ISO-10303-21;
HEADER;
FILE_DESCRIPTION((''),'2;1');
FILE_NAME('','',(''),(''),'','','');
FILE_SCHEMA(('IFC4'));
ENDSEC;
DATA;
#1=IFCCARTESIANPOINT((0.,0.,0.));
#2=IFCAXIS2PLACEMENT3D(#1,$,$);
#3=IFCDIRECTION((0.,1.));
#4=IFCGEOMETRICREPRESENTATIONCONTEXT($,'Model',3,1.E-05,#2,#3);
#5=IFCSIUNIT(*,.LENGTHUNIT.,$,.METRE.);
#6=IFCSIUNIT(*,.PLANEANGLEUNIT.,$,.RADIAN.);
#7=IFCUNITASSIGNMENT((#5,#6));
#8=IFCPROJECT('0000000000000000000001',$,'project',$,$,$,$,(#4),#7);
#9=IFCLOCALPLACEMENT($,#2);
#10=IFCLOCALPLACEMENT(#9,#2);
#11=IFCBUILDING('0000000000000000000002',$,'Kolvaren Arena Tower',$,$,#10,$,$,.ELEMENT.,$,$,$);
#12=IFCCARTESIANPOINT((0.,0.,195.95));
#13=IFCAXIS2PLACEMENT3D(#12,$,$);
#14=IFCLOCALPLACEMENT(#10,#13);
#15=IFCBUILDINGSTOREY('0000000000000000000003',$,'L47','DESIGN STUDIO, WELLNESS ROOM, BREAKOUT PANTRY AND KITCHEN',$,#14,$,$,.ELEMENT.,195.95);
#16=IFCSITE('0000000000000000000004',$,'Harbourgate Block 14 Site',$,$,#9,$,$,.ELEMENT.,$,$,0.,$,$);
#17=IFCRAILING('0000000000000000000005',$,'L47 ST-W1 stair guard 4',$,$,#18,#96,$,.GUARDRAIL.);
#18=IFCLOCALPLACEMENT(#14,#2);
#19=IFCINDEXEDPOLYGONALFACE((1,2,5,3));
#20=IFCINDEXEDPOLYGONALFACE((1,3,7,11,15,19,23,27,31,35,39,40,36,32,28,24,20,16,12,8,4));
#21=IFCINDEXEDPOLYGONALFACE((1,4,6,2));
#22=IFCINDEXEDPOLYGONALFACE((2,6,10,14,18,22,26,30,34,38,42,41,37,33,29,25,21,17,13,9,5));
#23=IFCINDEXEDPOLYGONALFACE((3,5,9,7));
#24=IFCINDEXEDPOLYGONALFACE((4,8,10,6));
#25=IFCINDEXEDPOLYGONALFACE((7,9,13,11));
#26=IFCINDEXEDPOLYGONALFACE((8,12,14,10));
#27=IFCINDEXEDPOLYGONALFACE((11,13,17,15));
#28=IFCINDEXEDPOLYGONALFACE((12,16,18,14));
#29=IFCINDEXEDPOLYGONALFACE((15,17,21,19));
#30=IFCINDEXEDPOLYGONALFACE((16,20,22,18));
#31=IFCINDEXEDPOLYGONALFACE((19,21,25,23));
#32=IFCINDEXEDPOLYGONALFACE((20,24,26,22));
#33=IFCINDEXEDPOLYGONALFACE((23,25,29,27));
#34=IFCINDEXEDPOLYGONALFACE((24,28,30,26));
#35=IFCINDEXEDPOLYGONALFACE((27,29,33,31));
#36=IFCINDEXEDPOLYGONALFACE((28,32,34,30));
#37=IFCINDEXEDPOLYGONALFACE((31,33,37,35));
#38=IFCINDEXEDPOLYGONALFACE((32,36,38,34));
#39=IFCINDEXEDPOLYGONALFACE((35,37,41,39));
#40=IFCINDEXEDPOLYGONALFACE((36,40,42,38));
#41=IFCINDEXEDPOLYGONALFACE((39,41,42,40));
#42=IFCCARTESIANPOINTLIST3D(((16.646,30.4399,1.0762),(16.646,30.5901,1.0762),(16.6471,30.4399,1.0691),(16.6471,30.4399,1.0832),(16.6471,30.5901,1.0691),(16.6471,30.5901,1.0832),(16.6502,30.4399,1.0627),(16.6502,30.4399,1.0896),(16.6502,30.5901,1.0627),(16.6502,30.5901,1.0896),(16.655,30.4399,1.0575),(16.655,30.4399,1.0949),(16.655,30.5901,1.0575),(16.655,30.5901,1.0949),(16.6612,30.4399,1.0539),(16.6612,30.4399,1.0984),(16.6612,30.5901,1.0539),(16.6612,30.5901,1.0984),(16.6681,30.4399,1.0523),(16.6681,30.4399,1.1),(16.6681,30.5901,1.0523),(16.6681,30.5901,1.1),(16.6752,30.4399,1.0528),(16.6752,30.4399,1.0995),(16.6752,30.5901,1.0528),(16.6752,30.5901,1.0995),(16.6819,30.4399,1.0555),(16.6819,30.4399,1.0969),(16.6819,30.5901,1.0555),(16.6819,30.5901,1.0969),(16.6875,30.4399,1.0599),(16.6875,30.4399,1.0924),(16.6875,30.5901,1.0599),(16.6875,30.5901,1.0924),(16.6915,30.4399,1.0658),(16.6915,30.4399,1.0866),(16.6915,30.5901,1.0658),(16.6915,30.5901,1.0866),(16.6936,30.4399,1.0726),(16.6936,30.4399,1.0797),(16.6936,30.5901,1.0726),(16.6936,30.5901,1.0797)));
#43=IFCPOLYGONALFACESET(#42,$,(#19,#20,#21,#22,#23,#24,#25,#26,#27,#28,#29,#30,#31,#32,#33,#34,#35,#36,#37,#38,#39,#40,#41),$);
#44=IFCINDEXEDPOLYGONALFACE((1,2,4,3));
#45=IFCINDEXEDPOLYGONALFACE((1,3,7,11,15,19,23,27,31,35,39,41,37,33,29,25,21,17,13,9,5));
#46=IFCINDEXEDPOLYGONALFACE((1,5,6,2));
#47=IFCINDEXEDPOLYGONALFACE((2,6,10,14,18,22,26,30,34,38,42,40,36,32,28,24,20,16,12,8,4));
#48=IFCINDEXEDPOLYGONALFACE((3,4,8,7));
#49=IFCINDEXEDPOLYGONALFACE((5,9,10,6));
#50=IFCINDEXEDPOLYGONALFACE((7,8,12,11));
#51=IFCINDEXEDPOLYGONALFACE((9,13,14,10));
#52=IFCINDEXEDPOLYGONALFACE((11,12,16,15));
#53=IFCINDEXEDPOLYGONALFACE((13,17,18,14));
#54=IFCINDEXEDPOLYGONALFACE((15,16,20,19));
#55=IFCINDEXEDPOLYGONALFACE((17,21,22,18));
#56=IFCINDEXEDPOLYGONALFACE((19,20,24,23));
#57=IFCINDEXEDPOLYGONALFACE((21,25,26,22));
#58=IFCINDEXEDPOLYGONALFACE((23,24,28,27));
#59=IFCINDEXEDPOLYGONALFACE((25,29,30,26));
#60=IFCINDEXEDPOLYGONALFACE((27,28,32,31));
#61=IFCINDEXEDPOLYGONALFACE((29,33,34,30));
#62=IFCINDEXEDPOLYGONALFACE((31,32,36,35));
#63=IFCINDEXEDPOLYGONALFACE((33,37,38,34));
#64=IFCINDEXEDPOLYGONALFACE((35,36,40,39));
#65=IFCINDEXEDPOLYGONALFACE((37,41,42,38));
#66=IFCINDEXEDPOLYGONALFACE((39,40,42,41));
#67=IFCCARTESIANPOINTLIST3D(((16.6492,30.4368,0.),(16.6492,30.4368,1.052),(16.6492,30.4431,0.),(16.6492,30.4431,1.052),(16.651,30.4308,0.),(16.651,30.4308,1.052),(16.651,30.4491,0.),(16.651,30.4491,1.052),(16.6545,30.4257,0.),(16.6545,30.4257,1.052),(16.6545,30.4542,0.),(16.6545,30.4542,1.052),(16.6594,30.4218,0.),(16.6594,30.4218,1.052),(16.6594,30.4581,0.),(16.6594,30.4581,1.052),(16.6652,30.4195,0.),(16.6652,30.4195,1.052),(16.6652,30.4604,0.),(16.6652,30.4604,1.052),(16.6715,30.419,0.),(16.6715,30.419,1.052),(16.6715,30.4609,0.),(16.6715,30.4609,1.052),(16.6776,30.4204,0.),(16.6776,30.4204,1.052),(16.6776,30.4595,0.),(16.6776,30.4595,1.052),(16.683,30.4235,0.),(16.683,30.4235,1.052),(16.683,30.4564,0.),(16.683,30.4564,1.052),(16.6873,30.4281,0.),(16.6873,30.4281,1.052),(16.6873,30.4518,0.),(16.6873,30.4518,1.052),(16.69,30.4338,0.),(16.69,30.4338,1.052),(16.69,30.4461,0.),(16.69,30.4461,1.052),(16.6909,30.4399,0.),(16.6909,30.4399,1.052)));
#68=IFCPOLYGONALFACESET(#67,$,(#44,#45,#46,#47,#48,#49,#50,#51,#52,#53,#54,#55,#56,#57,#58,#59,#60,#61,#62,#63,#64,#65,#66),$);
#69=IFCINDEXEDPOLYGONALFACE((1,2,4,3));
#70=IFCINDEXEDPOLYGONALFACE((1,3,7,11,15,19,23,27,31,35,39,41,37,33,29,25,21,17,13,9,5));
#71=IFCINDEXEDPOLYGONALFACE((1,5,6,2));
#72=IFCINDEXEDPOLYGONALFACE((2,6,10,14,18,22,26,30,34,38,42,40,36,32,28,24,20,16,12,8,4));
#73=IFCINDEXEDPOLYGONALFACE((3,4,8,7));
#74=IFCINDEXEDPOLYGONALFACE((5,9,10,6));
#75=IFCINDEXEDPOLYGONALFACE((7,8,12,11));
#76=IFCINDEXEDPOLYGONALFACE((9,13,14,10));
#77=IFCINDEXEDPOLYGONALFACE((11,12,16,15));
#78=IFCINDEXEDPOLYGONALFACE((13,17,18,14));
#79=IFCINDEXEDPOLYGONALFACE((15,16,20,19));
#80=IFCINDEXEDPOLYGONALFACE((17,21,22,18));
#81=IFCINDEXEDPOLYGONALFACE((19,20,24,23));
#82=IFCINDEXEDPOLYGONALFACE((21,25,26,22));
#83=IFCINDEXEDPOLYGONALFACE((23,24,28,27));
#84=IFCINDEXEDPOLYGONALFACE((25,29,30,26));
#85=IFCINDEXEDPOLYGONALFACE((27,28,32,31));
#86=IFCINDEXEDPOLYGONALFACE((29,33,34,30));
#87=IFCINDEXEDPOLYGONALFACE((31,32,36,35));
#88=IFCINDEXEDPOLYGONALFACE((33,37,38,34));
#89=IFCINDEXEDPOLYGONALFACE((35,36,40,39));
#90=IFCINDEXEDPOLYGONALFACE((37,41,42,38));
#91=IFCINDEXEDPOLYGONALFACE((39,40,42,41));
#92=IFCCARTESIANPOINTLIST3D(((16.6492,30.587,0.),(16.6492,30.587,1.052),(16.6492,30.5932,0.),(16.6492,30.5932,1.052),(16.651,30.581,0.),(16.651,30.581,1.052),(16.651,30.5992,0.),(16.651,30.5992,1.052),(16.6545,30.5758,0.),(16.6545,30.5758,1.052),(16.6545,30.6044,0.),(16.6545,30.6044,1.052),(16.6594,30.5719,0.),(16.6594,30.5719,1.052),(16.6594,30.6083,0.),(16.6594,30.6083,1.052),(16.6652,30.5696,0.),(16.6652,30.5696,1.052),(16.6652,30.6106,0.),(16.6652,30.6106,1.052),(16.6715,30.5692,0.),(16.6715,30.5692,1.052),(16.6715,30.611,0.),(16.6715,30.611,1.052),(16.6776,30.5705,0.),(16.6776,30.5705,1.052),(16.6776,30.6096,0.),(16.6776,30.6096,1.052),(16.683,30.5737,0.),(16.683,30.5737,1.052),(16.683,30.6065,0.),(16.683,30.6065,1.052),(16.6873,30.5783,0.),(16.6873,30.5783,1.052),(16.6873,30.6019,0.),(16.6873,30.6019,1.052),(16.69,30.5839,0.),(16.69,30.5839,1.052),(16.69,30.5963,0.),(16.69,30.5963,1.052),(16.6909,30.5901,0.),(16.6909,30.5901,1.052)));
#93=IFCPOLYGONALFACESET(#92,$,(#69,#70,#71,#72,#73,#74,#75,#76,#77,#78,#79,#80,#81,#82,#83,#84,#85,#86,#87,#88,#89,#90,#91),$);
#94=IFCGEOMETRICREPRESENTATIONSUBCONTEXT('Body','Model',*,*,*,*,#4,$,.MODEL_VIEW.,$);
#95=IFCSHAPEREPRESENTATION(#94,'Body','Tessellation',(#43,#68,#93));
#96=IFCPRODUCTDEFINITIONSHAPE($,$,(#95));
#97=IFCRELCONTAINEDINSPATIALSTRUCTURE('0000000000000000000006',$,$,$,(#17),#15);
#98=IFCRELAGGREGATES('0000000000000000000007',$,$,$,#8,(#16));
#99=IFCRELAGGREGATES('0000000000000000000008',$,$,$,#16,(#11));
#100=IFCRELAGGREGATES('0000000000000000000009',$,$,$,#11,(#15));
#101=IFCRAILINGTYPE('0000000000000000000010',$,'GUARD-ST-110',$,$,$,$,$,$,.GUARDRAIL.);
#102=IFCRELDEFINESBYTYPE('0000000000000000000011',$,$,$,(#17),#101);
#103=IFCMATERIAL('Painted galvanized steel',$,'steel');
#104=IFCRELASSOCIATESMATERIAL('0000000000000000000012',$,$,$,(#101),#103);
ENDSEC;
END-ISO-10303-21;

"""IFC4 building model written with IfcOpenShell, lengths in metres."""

from ifc_helpers import new_model, si_unit, direction, frame, origin, origin_2d, place, context, subcontext, project, spatial, circle, extrude, material, type_object, element, save


model = new_model("IFC4")

# Units and contexts
model_context = context("Model", 3, precision=1e-05, world=origin(), true_north=direction((0.0, 1.0)))
body_context = subcontext(model_context, "Body", "Model", "MODEL_VIEW")
ifc_project = project(units=[si_unit("LENGTHUNIT", "METRE"), si_unit("PLANEANGLEUNIT", "RADIAN")], contexts=[model_context])

# Site, building, storey
site_placement = place(None, origin())
site = spatial("IfcSite", under=ifc_project, at=site_placement, Name="Harbourgate Block 14 Site", CompositionType="ELEMENT", RefElevation=0.0)
building_placement = place(site_placement, origin())
building = spatial("IfcBuilding", under=site, at=building_placement, Name="Kolvaren Arena Tower", CompositionType="ELEMENT")
storey_placement = place(building_placement, frame((0.0, 0.0, 195.95)))
storey = spatial("IfcBuildingStorey", under=building, at=storey_placement, Name="L47", Description="DESIGN STUDIO, WELLNESS ROOM, BREAKOUT PANTRY AND KITCHEN", CompositionType="ELEMENT", Elevation=195.95)

# Railing
ifc_material_1 = material(Name="Painted galvanized steel", Category="steel")
railing_type_1 = type_object("IfcRailingType", Name="GUARD-ST-110", PredefinedType="GUARDRAIL", material=ifc_material_1)
railing_1_placement = place(storey_placement, frame((16.6699, 30.4399, 0.0)))
element("IfcRailing", 1, at=railing_1_placement, inside=storey, type_object=railing_type_1, Name="L47 ST-W1 stair guard 4", PredefinedType="GUARDRAIL", context=body_context, shape_type="SweptSolid", body=[
    extrude(circle(Radius=0.0239, at=origin_2d()), frame((0.0, 0.0, 1.0762), z_axis=(0.0, 1.0, 0.0), x_axis=(-1.0, 0.0, 0.0)), (0.0, 0.0, 1.0), 0.1501),
    extrude(circle(Radius=0.021, at=origin_2d()), origin(), (0.0, 0.0, 1.0), 1.052),
    extrude(circle(Radius=0.021, at=origin_2d()), frame((0.0, 0.1501, 0.0)), (0.0, 0.0, 1.0), 1.052),
])

save(model, "model.ifc")
